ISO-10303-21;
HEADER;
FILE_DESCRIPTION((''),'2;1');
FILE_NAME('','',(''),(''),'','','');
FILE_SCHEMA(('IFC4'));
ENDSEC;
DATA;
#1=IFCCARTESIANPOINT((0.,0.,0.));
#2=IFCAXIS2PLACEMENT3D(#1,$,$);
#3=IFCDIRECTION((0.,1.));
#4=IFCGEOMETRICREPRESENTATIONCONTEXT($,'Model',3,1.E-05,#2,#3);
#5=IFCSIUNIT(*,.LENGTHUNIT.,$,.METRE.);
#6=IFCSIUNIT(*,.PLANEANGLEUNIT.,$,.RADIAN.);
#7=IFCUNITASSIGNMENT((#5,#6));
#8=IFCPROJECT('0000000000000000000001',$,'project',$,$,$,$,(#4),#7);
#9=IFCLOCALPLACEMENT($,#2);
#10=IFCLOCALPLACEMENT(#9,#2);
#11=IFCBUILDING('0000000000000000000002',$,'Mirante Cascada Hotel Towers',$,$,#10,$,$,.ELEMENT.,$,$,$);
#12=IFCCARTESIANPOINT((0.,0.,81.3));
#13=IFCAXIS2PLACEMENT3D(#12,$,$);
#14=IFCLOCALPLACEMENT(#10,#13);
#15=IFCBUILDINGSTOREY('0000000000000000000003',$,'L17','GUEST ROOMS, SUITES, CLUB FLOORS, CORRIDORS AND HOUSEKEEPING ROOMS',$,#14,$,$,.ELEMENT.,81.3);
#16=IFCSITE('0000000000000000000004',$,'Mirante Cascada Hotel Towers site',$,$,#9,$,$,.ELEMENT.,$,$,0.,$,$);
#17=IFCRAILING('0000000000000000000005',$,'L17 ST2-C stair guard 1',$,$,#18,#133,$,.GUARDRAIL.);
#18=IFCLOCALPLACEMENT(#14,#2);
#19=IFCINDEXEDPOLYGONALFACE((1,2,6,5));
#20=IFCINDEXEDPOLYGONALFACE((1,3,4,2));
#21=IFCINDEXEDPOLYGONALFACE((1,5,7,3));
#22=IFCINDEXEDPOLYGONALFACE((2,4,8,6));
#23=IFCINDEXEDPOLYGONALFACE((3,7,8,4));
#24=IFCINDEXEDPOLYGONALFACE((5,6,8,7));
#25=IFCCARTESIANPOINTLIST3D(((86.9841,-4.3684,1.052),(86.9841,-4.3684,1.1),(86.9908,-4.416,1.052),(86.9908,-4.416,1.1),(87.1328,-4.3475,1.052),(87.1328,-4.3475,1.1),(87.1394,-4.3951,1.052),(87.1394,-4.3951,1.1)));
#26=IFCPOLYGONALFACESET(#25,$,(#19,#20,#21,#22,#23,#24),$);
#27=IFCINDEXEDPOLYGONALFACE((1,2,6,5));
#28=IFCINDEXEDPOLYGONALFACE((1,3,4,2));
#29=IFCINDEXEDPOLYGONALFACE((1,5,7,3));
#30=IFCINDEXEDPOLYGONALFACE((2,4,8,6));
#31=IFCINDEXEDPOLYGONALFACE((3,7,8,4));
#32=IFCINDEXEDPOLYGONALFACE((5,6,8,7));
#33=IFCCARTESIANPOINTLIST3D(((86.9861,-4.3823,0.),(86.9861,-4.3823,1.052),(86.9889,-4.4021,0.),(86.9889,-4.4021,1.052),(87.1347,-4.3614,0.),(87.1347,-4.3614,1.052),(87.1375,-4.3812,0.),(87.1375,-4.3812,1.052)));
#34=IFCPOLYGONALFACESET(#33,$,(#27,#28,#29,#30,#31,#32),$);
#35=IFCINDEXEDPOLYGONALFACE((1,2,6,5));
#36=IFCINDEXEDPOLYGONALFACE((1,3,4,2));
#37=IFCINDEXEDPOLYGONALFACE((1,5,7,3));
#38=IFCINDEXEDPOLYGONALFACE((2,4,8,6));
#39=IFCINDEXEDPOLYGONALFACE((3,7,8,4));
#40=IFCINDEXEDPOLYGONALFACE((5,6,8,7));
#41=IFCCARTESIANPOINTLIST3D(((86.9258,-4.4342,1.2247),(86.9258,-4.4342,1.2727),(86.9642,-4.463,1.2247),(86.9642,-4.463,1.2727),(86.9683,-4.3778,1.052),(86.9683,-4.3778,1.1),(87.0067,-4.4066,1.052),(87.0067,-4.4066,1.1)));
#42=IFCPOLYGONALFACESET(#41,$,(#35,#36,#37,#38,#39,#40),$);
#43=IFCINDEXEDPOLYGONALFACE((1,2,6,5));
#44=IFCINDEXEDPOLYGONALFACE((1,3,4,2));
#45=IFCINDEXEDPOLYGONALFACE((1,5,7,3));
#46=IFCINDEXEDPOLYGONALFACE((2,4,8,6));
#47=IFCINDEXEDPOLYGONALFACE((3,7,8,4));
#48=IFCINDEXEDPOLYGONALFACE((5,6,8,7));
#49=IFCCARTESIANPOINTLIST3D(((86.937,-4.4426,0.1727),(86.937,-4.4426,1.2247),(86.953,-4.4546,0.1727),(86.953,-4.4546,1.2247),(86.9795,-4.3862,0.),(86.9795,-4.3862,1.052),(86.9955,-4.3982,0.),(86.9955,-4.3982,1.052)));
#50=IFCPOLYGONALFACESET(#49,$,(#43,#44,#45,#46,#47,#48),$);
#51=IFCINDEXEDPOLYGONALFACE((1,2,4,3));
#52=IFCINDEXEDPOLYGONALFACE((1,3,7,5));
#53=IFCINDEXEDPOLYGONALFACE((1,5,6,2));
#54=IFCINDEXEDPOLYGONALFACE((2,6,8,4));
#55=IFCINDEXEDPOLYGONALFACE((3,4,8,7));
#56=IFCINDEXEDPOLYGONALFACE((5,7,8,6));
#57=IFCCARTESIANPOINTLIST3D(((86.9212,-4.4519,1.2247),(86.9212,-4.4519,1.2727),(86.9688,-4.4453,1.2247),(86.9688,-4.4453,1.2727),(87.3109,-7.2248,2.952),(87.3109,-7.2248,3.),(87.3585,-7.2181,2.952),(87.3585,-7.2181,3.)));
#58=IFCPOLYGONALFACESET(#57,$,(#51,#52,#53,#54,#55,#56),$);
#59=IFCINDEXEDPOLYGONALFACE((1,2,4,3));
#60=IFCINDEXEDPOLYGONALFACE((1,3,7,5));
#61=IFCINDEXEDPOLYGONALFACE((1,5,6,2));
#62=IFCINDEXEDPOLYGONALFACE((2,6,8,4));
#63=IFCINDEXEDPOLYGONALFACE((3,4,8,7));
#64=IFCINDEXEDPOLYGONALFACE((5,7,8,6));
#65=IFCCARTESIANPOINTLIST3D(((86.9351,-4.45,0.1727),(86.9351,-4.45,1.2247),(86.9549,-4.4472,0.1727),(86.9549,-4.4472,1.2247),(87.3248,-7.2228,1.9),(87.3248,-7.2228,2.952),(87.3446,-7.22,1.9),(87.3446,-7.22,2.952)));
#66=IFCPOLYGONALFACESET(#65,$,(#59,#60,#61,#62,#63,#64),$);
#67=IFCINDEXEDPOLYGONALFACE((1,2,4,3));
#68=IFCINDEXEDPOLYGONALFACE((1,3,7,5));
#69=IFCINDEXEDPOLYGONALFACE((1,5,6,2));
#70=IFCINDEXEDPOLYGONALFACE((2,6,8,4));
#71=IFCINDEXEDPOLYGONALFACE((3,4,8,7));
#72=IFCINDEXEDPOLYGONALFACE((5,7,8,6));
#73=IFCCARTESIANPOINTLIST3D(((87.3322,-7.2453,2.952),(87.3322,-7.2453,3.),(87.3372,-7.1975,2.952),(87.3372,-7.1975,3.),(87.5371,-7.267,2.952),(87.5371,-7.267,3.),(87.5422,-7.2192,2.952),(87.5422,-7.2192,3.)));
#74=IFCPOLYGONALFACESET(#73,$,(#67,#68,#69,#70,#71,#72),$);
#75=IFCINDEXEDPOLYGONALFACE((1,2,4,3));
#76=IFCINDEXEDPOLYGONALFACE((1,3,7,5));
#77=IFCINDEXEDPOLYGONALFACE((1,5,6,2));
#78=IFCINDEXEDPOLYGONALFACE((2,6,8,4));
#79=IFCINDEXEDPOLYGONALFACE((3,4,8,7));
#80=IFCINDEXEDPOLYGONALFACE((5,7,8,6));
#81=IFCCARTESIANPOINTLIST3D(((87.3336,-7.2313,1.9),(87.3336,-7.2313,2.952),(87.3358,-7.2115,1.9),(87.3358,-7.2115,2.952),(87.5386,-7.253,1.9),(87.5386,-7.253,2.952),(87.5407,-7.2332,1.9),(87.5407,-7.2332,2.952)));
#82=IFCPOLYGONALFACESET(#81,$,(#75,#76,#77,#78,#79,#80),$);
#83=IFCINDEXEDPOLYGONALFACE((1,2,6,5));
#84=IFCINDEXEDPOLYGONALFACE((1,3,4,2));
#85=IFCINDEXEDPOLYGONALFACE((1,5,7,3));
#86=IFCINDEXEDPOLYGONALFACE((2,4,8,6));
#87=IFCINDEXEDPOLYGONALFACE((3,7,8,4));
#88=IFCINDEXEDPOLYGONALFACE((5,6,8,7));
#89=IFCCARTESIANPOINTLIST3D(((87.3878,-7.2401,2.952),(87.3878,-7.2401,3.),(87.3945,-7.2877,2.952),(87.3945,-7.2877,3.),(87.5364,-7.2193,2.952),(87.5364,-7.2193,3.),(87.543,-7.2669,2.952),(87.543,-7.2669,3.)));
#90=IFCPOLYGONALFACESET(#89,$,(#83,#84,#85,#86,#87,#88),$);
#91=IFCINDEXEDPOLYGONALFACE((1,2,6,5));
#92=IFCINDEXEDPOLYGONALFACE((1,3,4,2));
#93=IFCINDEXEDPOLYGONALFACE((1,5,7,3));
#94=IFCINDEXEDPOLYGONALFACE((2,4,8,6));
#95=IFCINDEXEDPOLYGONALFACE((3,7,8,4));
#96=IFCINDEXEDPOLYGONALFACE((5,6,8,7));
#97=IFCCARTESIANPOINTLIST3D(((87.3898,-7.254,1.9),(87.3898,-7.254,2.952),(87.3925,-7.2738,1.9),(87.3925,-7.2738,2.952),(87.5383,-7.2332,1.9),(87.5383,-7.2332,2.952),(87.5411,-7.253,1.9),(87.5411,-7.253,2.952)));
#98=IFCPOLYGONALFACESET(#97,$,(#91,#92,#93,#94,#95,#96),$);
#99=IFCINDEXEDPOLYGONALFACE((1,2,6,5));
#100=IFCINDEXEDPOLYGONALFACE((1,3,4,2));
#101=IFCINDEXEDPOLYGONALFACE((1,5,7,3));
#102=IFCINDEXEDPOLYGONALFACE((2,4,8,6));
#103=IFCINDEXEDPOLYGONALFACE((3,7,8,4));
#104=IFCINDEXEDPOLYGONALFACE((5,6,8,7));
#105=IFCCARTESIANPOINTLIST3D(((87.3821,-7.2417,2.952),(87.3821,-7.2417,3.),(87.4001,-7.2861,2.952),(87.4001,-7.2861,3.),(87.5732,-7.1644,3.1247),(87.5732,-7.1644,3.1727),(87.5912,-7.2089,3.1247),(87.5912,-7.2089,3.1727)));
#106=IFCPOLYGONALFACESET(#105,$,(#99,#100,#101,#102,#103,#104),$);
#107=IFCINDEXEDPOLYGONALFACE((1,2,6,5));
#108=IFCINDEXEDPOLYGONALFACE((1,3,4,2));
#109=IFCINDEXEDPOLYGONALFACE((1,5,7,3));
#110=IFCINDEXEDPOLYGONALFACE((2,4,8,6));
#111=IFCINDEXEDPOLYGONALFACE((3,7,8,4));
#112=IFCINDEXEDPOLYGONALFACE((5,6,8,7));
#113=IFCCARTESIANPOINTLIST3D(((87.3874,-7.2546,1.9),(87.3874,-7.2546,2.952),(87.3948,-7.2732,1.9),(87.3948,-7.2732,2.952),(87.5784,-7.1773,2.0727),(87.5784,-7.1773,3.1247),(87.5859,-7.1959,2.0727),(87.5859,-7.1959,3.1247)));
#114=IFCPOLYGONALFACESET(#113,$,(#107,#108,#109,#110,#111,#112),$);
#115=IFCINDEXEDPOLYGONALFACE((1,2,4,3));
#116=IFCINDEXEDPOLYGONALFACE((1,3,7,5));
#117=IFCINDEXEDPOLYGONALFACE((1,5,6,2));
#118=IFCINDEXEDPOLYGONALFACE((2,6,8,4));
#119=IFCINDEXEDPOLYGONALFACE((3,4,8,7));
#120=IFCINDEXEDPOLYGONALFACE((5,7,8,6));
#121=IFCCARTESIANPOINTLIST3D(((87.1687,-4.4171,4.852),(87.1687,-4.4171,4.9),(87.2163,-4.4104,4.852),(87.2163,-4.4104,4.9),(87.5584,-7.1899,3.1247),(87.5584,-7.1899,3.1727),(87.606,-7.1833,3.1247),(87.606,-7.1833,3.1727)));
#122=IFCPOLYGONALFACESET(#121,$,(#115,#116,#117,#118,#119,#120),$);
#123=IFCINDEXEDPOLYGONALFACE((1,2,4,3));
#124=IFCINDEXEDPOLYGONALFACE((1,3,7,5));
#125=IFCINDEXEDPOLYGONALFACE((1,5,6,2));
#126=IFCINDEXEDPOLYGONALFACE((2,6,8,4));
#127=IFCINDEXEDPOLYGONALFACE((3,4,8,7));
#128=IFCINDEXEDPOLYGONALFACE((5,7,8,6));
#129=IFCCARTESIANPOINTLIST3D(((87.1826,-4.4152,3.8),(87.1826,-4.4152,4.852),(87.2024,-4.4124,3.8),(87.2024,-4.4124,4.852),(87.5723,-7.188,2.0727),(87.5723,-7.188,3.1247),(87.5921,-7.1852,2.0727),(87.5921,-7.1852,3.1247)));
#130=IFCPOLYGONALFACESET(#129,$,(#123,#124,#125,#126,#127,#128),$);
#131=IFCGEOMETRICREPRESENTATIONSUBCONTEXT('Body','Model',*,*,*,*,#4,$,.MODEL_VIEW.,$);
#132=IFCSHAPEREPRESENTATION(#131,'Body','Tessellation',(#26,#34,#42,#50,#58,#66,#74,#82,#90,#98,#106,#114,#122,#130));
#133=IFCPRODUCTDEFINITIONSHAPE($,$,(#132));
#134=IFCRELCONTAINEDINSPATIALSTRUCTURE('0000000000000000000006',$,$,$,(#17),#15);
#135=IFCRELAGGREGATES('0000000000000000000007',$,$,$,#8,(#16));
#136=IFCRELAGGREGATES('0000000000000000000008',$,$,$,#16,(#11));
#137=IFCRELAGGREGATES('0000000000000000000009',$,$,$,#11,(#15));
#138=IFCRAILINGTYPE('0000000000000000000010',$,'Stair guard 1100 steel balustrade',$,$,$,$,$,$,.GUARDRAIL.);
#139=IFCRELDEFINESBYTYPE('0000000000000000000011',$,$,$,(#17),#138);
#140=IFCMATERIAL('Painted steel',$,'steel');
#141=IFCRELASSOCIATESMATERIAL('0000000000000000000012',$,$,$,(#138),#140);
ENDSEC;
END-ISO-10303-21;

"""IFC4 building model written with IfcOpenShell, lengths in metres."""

from ifc_helpers import new_model, si_unit, direction, frame, origin, origin_2d, place, context, subcontext, project, spatial, rectangle, extrude, material, type_object, element, save


model = new_model("IFC4")

# Units and contexts
model_context = context("Model", 3, precision=1e-05, world=origin(), true_north=direction((0.0, 1.0)))
body_context = subcontext(model_context, "Body", "Model", "MODEL_VIEW")
ifc_project = project(units=[si_unit("LENGTHUNIT", "METRE"), si_unit("PLANEANGLEUNIT", "RADIAN")], contexts=[model_context])

# Site, building, storey
site_placement = place(None, origin())
site = spatial("IfcSite", under=ifc_project, at=site_placement, Name="Mirante Cascada Hotel Towers site", CompositionType="ELEMENT", RefElevation=0.0)
building_placement = place(site_placement, origin())
building = spatial("IfcBuilding", under=site, at=building_placement, Name="Mirante Cascada Hotel Towers", CompositionType="ELEMENT")
storey_placement = place(building_placement, frame((0.0, 0.0, 81.3)))
storey = spatial("IfcBuildingStorey", under=building, at=storey_placement, Name="L17", Description="GUEST ROOMS, SUITES, CLUB FLOORS, CORRIDORS AND HOUSEKEEPING ROOMS", CompositionType="ELEMENT", Elevation=81.3)

# Railing
ifc_material_1 = material(Name="Painted steel", Category="steel")
railing_type = type_object("IfcRailingType", Name="Stair guard 1100 steel balustrade", PredefinedType="GUARDRAIL", material=ifc_material_1)
railing_placement = place(storey_placement, frame((87.1361, -4.3713, 0.0)))
element("IfcRailing", 1, at=railing_placement, inside=storey, type_object=railing_type, Name="L17 ST2-C stair guard 1", PredefinedType="GUARDRAIL", context=body_context, shape_type="SweptSolid", body=[
    extrude(rectangle(XDim=0.048, YDim=0.048, at=origin_2d()), frame((0.0, 0.0, 1.076), z_axis=(-0.990254, -0.139275, 0.0), x_axis=(0.139275, -0.990254, 0.0)), (0.0, 0.0, 1.0), 0.1501),
    extrude(rectangle(XDim=0.02, YDim=1.052, at=origin_2d()), frame((0.0, 0.0, 0.526), z_axis=(-0.990254, -0.139275, 0.0), x_axis=(0.139275, -0.990254, 0.0)), (0.0, 0.0, 1.0), 0.1501),
    extrude(rectangle(XDim=0.048, YDim=0.048, at=origin_2d()), frame((-0.1486, -0.0209, 1.076), z_axis=(-0.601811, -0.798639, 0.0), x_axis=(0.798639, -0.601811, 0.0)), (0.0, 0.925603, 0.378496), 0.1866),
    extrude(rectangle(XDim=0.02, YDim=1.052, at=origin_2d()), frame((-0.1486, -0.0209, 0.526), z_axis=(-0.601811, -0.798639, 0.0), x_axis=(0.798639, -0.601811, 0.0)), (0.0, 0.925603, 0.378496), 0.1866),
    extrude(rectangle(XDim=0.048, YDim=0.048, at=origin_2d()), frame((-0.1911, -0.0773, 1.2487), z_axis=(0.139176, -0.990268, 0.0), x_axis=(0.990268, 0.139176, 0.0)), (0.0, 0.525021, 0.851089), 3.29),
    extrude(rectangle(XDim=0.02, YDim=1.052, at=origin_2d()), frame((-0.1911, -0.0773, 0.6987), z_axis=(0.139176, -0.990268, 0.0), x_axis=(0.990268, 0.139176, 0.0)), (0.0, 0.525021, 0.851089), 3.29),
    extrude(rectangle(XDim=0.048, YDim=0.048, at=origin_2d()), frame((0.1986, -2.8501, 2.976), z_axis=(0.994444, -0.105266, 0.0), x_axis=(0.105266, 0.994444, 0.0)), (0.0, 0.0, 1.0), 0.2061),
    extrude(rectangle(XDim=0.02, YDim=1.052, at=origin_2d()), frame((0.1986, -2.8501, 2.426), z_axis=(0.994444, -0.105266, 0.0), x_axis=(0.105266, 0.994444, 0.0)), (0.0, 0.0, 1.0), 0.2061),
    extrude(rectangle(XDim=0.048, YDim=0.048, at=origin_2d()), frame((0.4036, -2.8718, 2.976), z_axis=(-0.990345, -0.138622, 0.0), x_axis=(0.138622, -0.990345, 0.0)), (0.0, 0.0, 1.0), 0.15),
    extrude(rectangle(XDim=0.02, YDim=1.052, at=origin_2d()), frame((0.4036, -2.8718, 2.426), z_axis=(-0.990345, -0.138622, 0.0), x_axis=(0.138622, -0.990345, 0.0)), (0.0, 0.0, 1.0), 0.15),
    extrude(rectangle(XDim=0.048, YDim=0.048, at=origin_2d()), frame((0.255, -2.8926, 2.976), z_axis=(0.927031, 0.374984, 0.0), x_axis=(-0.374984, 0.927031, 0.0)), (0.0, 0.64219, 0.766545), 0.2689),
    extrude(rectangle(XDim=0.02, YDim=1.052, at=origin_2d()), frame((0.255, -2.8926, 2.426), z_axis=(0.927031, 0.374984, 0.0), x_axis=(-0.374984, 0.927031, 0.0)), (0.0, 0.64219, 0.766545), 0.2689),
    extrude(rectangle(XDim=0.048, YDim=0.048, at=origin_2d()), frame((0.4461, -2.8153, 3.1487), z_axis=(-0.139176, 0.990268, 0.0), x_axis=(-0.990268, -0.139176, 0.0)), (0.0, 0.525021, 0.851089), 3.29),
    extrude(rectangle(XDim=0.02, YDim=1.052, at=origin_2d()), frame((0.4461, -2.8153, 2.5987), z_axis=(-0.139176, 0.990268, 0.0), x_axis=(-0.990268, -0.139176, 0.0)), (0.0, 0.525021, 0.851089), 3.29),
])

save(model, "model.ifc")
